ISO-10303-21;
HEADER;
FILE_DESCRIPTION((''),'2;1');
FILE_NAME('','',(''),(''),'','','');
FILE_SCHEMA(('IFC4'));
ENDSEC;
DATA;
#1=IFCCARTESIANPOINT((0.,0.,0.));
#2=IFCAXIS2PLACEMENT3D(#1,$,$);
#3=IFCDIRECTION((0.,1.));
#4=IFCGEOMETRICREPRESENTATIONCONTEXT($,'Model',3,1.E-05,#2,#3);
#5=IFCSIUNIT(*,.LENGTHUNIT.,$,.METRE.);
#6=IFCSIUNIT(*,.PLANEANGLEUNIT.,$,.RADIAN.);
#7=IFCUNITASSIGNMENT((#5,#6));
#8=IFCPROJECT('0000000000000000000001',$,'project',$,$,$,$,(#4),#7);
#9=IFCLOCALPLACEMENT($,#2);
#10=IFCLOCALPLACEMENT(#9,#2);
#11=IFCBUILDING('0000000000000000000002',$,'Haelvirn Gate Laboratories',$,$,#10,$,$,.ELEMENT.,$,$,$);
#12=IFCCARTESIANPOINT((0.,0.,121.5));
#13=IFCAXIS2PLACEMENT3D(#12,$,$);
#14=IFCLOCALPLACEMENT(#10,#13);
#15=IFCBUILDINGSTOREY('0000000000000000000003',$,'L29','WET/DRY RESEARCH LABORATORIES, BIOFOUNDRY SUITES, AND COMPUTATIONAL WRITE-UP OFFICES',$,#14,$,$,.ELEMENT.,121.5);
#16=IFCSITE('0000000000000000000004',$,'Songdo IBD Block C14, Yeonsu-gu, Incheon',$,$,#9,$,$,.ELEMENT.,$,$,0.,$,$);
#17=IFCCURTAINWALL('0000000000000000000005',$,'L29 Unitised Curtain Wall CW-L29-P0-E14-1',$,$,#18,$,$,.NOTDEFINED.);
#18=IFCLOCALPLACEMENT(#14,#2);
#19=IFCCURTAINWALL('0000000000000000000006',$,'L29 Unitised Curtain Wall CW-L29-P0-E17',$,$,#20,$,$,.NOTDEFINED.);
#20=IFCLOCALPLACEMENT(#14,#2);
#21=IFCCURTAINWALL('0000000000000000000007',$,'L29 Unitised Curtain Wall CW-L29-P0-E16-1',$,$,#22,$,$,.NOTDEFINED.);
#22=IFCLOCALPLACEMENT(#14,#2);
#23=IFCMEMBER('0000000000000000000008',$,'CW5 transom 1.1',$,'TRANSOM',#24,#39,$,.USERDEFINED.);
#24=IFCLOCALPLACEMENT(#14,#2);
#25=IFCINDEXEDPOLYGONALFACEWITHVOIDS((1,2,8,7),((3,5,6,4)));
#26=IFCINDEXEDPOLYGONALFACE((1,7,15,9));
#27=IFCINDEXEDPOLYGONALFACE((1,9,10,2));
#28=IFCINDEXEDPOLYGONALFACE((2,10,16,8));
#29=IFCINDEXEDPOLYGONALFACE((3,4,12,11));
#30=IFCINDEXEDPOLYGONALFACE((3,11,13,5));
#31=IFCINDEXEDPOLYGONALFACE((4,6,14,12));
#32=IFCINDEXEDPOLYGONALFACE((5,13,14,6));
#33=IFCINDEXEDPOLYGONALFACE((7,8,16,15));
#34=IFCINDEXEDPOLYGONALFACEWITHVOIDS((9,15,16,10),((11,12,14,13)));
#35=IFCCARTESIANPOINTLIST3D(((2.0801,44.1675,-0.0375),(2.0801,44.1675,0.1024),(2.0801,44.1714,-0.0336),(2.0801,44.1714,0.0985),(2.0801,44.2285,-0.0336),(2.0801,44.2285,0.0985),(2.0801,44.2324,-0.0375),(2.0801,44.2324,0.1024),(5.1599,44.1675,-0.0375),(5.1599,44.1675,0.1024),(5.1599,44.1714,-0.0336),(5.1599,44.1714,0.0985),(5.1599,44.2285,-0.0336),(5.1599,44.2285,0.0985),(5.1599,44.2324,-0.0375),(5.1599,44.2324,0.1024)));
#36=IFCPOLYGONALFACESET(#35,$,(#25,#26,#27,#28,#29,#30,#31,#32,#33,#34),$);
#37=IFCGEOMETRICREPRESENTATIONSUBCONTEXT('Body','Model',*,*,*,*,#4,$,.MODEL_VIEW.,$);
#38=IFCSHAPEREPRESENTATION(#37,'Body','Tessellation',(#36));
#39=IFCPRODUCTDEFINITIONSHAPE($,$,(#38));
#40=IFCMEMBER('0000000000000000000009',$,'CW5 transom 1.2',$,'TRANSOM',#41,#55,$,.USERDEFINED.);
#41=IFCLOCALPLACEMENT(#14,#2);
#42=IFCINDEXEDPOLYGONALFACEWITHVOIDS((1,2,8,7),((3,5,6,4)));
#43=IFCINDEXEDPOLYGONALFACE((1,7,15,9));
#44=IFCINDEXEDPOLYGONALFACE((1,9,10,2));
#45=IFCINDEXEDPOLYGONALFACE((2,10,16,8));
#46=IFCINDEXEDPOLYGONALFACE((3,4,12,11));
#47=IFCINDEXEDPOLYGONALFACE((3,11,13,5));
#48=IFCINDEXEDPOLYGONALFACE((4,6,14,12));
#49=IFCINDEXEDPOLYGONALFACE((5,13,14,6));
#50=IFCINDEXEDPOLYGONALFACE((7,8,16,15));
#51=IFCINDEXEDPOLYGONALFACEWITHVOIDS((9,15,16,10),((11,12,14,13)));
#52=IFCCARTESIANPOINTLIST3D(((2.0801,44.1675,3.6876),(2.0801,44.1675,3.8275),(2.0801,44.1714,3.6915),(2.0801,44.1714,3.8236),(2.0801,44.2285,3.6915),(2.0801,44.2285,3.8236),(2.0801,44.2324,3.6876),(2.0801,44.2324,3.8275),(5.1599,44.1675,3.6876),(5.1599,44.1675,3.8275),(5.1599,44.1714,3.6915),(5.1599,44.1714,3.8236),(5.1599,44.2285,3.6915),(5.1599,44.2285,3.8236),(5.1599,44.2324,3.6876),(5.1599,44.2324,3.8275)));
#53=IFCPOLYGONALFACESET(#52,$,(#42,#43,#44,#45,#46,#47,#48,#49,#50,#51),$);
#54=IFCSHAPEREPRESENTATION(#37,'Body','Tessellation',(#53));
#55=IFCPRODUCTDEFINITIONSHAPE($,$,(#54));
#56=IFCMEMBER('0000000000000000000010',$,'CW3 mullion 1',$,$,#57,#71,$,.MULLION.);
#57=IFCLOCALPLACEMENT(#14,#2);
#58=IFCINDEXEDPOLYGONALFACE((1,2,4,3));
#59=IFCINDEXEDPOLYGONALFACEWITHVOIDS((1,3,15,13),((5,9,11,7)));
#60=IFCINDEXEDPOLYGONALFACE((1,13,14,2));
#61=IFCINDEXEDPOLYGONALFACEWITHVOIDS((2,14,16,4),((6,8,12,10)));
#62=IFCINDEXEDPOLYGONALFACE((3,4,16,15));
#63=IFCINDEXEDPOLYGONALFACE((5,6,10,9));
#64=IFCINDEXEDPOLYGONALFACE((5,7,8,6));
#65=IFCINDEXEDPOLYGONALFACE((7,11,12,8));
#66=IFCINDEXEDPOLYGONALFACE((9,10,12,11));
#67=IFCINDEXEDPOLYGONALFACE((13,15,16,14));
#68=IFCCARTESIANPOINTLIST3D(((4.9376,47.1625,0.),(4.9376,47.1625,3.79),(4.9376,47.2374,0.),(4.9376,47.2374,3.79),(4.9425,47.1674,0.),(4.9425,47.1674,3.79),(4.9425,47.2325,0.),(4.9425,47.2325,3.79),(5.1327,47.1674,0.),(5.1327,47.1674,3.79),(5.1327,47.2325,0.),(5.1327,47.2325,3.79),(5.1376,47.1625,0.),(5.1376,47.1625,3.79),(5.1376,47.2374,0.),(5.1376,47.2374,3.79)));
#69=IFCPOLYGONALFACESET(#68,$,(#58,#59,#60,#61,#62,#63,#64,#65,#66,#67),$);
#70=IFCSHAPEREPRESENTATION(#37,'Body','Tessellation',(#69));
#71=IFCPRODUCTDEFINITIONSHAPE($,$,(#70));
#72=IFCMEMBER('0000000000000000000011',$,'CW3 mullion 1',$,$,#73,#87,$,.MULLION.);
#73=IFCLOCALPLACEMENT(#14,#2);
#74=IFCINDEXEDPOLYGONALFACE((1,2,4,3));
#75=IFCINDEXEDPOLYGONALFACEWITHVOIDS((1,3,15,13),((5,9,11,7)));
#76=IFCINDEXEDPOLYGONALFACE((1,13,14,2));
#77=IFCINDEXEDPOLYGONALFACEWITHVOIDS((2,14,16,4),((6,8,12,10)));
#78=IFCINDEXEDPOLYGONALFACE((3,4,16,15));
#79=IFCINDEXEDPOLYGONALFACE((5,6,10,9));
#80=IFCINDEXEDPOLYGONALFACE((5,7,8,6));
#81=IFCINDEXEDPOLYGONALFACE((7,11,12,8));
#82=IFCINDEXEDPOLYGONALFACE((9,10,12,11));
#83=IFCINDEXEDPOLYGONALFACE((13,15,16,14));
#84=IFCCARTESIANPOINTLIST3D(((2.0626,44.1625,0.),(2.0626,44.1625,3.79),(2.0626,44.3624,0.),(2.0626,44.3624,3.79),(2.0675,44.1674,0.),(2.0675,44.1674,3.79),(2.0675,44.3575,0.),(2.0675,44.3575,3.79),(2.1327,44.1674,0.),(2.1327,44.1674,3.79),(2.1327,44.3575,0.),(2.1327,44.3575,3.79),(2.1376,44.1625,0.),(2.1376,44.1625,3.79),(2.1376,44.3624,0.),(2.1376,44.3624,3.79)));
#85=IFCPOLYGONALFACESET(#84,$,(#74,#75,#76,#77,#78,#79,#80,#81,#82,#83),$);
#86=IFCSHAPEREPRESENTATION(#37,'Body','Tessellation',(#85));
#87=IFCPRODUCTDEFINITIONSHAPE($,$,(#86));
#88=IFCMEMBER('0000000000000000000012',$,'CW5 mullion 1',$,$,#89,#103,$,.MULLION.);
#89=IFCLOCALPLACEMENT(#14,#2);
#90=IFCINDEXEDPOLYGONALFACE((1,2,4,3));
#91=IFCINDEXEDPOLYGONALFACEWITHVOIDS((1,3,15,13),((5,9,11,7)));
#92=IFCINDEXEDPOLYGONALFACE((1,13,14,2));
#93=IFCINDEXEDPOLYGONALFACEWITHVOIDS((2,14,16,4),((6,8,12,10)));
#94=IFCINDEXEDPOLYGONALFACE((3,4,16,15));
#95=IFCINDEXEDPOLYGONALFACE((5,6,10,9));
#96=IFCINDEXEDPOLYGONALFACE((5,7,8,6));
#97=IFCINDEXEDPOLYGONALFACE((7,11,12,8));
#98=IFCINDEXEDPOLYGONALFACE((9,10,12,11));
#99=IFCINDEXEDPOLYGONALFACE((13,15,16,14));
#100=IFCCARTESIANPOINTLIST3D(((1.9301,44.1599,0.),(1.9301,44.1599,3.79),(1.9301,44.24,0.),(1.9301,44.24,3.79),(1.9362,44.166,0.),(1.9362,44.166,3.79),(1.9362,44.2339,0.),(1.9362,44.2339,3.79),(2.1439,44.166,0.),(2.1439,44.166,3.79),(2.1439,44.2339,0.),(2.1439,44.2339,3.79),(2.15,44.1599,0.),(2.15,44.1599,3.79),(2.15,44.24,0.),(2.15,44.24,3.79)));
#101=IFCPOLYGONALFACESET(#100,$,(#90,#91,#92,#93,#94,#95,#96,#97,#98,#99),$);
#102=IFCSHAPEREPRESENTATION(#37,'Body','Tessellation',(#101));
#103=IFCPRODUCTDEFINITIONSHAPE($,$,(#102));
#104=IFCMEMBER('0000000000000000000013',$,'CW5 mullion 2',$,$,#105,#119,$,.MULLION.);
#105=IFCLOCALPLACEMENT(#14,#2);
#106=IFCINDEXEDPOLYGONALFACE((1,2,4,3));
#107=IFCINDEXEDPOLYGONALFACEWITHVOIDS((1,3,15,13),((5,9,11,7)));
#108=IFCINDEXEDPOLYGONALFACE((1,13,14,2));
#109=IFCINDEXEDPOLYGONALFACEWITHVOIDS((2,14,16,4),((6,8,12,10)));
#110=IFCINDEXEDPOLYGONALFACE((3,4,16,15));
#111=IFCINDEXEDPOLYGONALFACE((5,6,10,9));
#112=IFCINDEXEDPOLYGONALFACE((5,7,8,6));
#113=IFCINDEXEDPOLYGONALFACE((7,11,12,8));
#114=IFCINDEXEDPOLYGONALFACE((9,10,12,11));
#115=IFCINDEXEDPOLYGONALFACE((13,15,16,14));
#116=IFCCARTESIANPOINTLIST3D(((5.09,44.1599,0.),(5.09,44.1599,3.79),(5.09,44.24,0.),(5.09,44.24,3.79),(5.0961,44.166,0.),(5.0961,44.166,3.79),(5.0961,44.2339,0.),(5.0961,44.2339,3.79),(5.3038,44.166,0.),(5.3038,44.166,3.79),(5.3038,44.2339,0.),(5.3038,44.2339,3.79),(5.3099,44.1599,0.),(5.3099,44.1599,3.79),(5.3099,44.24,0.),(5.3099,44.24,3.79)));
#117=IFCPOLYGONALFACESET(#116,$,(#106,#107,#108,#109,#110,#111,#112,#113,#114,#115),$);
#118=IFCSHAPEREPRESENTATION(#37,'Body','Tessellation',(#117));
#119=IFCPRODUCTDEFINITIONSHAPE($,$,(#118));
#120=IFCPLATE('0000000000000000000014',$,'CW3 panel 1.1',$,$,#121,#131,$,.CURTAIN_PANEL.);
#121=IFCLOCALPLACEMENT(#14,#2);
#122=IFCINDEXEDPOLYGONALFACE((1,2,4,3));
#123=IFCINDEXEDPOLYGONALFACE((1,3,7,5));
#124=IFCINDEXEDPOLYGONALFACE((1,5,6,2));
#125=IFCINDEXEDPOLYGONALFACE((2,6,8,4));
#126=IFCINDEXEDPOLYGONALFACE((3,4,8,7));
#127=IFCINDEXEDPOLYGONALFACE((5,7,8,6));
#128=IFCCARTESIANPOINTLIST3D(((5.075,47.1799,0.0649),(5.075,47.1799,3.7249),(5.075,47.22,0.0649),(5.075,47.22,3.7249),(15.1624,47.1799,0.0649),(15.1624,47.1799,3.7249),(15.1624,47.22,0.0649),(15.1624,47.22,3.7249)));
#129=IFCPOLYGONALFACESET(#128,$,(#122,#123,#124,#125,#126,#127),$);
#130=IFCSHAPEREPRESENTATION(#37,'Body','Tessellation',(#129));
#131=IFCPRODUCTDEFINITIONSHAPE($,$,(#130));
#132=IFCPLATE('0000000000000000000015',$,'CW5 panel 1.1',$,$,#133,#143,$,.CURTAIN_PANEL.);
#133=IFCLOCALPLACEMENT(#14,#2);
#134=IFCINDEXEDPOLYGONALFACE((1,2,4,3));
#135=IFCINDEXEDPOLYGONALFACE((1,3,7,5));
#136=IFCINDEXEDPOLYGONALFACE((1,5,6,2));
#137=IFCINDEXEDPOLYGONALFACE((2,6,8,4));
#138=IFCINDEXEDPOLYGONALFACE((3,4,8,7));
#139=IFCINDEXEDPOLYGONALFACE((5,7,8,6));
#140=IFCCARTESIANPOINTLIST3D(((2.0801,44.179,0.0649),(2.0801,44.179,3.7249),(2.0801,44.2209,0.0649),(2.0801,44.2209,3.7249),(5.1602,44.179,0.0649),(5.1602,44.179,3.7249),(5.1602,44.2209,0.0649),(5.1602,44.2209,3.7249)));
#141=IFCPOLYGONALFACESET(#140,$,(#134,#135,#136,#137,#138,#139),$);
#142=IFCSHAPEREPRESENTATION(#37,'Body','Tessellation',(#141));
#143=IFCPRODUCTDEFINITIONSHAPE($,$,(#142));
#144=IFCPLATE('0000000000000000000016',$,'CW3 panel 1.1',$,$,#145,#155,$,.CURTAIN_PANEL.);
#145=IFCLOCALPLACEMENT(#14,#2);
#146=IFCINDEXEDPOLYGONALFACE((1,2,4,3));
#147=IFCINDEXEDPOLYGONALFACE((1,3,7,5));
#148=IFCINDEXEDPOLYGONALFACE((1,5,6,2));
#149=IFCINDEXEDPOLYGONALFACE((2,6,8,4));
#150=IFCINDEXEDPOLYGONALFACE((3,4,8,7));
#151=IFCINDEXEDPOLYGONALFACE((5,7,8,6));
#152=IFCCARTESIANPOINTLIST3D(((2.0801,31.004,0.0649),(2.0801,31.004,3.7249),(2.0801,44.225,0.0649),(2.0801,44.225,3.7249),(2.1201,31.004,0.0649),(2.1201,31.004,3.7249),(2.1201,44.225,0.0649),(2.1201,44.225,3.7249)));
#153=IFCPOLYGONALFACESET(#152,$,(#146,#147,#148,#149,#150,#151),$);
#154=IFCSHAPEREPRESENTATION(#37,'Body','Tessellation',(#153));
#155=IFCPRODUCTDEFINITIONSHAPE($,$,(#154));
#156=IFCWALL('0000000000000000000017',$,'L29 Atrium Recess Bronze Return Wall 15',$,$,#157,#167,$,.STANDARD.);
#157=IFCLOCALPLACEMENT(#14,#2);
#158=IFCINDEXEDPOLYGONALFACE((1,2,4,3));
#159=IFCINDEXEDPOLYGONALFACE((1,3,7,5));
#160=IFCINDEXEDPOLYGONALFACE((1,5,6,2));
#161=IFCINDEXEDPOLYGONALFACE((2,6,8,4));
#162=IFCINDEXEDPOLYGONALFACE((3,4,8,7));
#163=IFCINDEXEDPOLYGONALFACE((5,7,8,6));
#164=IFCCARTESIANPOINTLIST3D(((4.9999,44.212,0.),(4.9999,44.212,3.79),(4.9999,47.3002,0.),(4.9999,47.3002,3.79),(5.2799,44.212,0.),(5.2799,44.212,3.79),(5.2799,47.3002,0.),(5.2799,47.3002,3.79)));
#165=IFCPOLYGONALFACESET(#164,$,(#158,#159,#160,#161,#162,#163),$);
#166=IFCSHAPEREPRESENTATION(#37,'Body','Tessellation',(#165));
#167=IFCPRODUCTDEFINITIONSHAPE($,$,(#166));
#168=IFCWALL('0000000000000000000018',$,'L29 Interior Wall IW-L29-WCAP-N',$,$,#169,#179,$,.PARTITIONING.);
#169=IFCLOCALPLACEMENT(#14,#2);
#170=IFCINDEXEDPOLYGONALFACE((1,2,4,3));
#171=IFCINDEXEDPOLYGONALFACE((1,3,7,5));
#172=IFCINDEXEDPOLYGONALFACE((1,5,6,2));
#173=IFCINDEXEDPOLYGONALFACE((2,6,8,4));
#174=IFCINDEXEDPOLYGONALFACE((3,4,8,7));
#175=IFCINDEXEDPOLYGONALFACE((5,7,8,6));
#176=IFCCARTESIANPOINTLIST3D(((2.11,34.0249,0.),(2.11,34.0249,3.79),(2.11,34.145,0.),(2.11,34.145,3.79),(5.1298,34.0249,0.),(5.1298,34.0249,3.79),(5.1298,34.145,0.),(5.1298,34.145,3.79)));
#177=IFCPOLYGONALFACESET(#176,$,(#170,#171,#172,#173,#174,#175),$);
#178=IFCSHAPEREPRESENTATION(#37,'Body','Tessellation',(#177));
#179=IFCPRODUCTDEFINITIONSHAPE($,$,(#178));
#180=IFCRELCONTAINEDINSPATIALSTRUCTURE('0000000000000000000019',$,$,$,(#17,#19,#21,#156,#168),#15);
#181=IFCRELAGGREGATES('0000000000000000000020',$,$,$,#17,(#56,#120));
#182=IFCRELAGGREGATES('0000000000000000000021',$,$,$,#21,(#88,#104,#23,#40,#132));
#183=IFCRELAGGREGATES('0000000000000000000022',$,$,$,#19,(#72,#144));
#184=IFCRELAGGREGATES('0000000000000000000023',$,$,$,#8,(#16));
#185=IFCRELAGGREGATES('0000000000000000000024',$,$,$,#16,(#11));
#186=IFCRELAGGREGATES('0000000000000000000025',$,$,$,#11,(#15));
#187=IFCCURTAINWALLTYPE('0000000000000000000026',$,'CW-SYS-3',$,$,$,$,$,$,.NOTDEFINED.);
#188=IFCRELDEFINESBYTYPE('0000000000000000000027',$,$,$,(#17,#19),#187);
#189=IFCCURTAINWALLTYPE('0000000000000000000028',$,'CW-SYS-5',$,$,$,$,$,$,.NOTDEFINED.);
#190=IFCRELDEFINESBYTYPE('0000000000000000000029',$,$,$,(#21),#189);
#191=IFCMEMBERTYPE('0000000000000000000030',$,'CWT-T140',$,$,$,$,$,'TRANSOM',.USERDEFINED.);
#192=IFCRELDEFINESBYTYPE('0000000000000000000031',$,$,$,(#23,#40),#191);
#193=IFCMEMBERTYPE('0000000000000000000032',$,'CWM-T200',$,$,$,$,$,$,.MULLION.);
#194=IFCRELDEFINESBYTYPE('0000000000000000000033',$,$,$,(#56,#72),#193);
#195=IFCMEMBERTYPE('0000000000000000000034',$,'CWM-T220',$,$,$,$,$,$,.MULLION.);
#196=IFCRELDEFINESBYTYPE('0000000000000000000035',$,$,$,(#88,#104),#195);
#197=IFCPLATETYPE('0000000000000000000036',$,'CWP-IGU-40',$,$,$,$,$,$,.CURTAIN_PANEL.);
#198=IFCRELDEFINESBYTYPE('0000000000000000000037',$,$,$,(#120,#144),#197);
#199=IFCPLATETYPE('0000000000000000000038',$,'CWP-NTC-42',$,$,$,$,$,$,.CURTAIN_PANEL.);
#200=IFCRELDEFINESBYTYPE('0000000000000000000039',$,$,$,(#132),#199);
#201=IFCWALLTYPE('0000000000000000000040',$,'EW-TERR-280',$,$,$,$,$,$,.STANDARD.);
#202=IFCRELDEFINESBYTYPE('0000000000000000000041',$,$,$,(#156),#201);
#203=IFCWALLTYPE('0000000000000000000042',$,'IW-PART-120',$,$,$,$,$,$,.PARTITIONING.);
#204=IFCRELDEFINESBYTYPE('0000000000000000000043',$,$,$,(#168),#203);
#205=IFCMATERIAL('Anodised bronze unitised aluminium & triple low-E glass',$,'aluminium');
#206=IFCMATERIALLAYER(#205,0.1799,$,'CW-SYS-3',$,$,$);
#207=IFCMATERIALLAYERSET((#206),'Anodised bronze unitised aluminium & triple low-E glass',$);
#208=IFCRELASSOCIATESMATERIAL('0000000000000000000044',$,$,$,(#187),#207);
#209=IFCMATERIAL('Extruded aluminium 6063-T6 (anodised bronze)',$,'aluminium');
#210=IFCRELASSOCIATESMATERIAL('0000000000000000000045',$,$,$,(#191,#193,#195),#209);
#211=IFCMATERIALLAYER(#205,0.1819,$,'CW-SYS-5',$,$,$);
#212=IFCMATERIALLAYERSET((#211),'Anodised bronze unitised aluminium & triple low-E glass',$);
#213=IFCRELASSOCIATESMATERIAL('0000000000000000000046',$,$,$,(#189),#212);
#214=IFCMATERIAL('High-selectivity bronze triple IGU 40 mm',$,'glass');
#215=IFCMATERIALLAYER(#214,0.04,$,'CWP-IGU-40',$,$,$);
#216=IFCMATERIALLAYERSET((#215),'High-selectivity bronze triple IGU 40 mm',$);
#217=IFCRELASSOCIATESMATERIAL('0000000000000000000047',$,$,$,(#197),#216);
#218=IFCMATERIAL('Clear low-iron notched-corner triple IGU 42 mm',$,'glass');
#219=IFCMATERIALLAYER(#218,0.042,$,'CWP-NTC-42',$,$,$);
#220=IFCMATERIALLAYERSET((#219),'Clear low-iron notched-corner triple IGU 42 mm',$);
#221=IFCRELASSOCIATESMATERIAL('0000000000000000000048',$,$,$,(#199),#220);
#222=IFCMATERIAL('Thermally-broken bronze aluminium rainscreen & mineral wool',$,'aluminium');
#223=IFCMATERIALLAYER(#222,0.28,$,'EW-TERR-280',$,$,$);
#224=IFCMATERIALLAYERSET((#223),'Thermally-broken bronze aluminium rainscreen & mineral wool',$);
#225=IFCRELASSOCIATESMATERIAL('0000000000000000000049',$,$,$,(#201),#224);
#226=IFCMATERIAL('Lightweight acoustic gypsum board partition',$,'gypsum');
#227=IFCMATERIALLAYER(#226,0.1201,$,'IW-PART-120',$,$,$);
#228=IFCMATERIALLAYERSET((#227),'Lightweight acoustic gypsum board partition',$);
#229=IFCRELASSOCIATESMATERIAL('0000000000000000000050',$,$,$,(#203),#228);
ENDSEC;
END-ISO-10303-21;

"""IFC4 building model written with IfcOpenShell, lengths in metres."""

from ifc_helpers import new_model, si_unit, direction, frame, frame_2d, origin, origin_2d, place, context, subcontext, project, spatial, rectangle, hollow_rectangle, extrude, source, transform, mapped, material, layer, layer_set, material_profile, profile_set, type_object, type_shapes, element, aggregate, save


model = new_model("IFC4")

# Units and contexts
model_context = context("Model", 3, precision=1e-05, world=origin(), true_north=direction((0.0, 1.0)))
body_context = subcontext(model_context, "Body", "Model", "MODEL_VIEW")
ifc_project = project(units=[si_unit("LENGTHUNIT", "METRE"), si_unit("PLANEANGLEUNIT", "RADIAN")], contexts=[model_context])

# Site, building, storey
site_placement = place(None, origin())
site = spatial("IfcSite", under=ifc_project, at=site_placement, Name="Songdo IBD Block C14, Yeonsu-gu, Incheon", CompositionType="ELEMENT", RefElevation=0.0)
building_placement = place(site_placement, origin())
building = spatial("IfcBuilding", under=site, at=building_placement, Name="Haelvirn Gate Laboratories", CompositionType="ELEMENT")
storey_placement = place(building_placement, frame((0.0, 0.0, 121.5)))
storey = spatial("IfcBuildingStorey", under=building, at=storey_placement, Name="L29", Description="WET/DRY RESEARCH LABORATORIES, BIOFOUNDRY SUITES, AND COMPUTATIONAL WRITE-UP OFFICES", CompositionType="ELEMENT", Elevation=121.5)

# Curtain walls, members
ifc_material_1 = material(Name="Anodised bronze unitised aluminium & triple low-E glass", Category="aluminium")
ifc_layer_1 = layer(ifc_material_1, 0.1799, Name="CW-SYS-3")
ifc_layer_set_1 = layer_set([ifc_layer_1], Name="Anodised bronze unitised aluminium & triple low-E glass")
curtain_wall_type_1 = type_object("IfcCurtainWallType", Name="CW-SYS-3", PredefinedType="NOTDEFINED", material=ifc_layer_set_1)
curtain_wall_1_placement = place(storey_placement, origin())
curtain_wall_1 = element("IfcCurtainWall", 1, at=curtain_wall_1_placement, inside=storey, type_object=curtain_wall_type_1, Name="L29 Unitised Curtain Wall CW-L29-P0-E14-1", PredefinedType="NOTDEFINED")
ifc_material_2 = material(Name="Extruded aluminium 6063-T6 (anodised bronze)", Category="aluminium")
ifc_material_profile_1 = material_profile(ifc_material_2, hollow_rectangle(XDim=0.0649, YDim=0.1399, WallThickness=0.0039, at=origin_2d()), Name="CWT-140x65x4")
ifc_profile_set_1 = profile_set([ifc_material_profile_1], Name="Extruded aluminium 6063-T6 (anodised bronze)")
member_type_1 = type_object("IfcMemberType", Name="CWT-T140", ElementType="TRANSOM", PredefinedType="USERDEFINED", material=ifc_profile_set_1)
curtain_wall_2_placement = place(storey_placement, origin())
curtain_wall_2 = element("IfcCurtainWall", 2, at=curtain_wall_2_placement, inside=storey, type_object=curtain_wall_type_1, Name="L29 Unitised Curtain Wall CW-L29-P0-E17", PredefinedType="NOTDEFINED")
ifc_layer_2 = layer(ifc_material_1, 0.1819, Name="CW-SYS-5")
ifc_layer_set_2 = layer_set([ifc_layer_2], Name="Anodised bronze unitised aluminium & triple low-E glass")
curtain_wall_type_2 = type_object("IfcCurtainWallType", Name="CW-SYS-5", PredefinedType="NOTDEFINED", material=ifc_layer_set_2)
curtain_wall_3_placement = place(storey_placement, origin())
curtain_wall_3 = element("IfcCurtainWall", 3, at=curtain_wall_3_placement, inside=storey, type_object=curtain_wall_type_2, Name="L29 Unitised Curtain Wall CW-L29-P0-E16-1", PredefinedType="NOTDEFINED")
shared_shape_1 = source(origin(), body_context, "Body", "SweptSolid", [
    extrude(hollow_rectangle(XDim=0.0649, YDim=0.1399, WallThickness=0.0039, at=origin_2d()), origin(), (0.0, 0.0, 1.0), 3.0798),
])
member_1_placement = place(storey_placement, frame((2.0801, 44.2, 0.0325), z_axis=(1.0, 0.0, 0.0), x_axis=(0.0, 1.0, 0.0)))
member_1 = element("IfcMember", 4, at=member_1_placement, type_object=member_type_1, Name="CW5 transom 1.1", ObjectType="TRANSOM", PredefinedType="USERDEFINED", context=body_context, shape_type="MappedRepresentation", body=[
    mapped(shared_shape_1, transform((0.0, 0.0, 0.0), scale=1.0)),
])
member_2_placement = place(storey_placement, frame((2.0801, 44.2, 3.7576), z_axis=(1.0, 0.0, 0.0), x_axis=(0.0, 1.0, 0.0)))
member_2 = element("IfcMember", 5, at=member_2_placement, type_object=member_type_1, Name="CW5 transom 1.2", ObjectType="TRANSOM", PredefinedType="USERDEFINED", context=body_context, shape_type="MappedRepresentation", body=[
    mapped(shared_shape_1, transform((0.0, 0.0, 0.0), scale=1.0)),
])

# Members
ifc_material_profile_2 = material_profile(ifc_material_2, hollow_rectangle(XDim=0.075, YDim=0.2, WallThickness=0.0049, at=origin_2d()), Name="CWM-200x75x5")
ifc_profile_set_2 = profile_set([ifc_material_profile_2], Name="Extruded aluminium 6063-T6 (anodised bronze)")
member_type_2 = type_object("IfcMemberType", Name="CWM-T200", PredefinedType="MULLION", material=ifc_profile_set_2)
shared_shape_2 = source(origin(), body_context, "Body", "SweptSolid", [
    extrude(hollow_rectangle(XDim=0.075, YDim=0.2, WallThickness=0.0049, at=origin_2d()), origin(), (0.0, 0.0, 1.0), 3.79),
])
type_shapes(member_type_2, [shared_shape_2])
member_3_placement = place(storey_placement, frame((5.0376, 47.2, 0.0), z_axis=(0.0, 0.0, 1.0), x_axis=(0.0, 1.0, 0.0)))
member_3 = element("IfcMember", 6, at=member_3_placement, type_object=member_type_2, Name="CW3 mullion 1", PredefinedType="MULLION", context=body_context, shape_type="MappedRepresentation", body=[
    mapped(shared_shape_2, transform((0.0, 0.0, 0.0), scale=1.0)),
])
member_4_placement = place(storey_placement, frame((2.1001, 44.2625, 0.0), z_axis=(0.0, 0.0, 1.0), x_axis=(1.0, 0.0, 0.0)))
member_4 = element("IfcMember", 7, at=member_4_placement, type_object=member_type_2, Name="CW3 mullion 1", PredefinedType="MULLION", context=body_context, shape_type="MappedRepresentation", body=[
    mapped(shared_shape_2, transform((0.0, 0.0, 0.0), scale=1.0)),
])
ifc_material_profile_3 = material_profile(ifc_material_2, hollow_rectangle(XDim=0.0801, YDim=0.22, WallThickness=0.0061, at=origin_2d()), Name="CWM-220x80x6")
ifc_profile_set_3 = profile_set([ifc_material_profile_3], Name="Extruded aluminium 6063-T6 (anodised bronze)")
member_type_3 = type_object("IfcMemberType", Name="CWM-T220", PredefinedType="MULLION", material=ifc_profile_set_3)
shared_shape_3 = source(origin(), body_context, "Body", "SweptSolid", [
    extrude(hollow_rectangle(XDim=0.0801, YDim=0.22, WallThickness=0.0061, at=origin_2d()), origin(), (0.0, 0.0, 1.0), 3.79),
])
type_shapes(member_type_3, [shared_shape_3])
member_5_placement = place(storey_placement, frame((2.04, 44.2, 0.0), z_axis=(0.0, 0.0, 1.0), x_axis=(0.0, 1.0, 0.0)))
member_5 = element("IfcMember", 8, at=member_5_placement, type_object=member_type_3, Name="CW5 mullion 1", PredefinedType="MULLION", context=body_context, shape_type="MappedRepresentation", body=[
    mapped(shared_shape_3, transform((0.0, 0.0, 0.0), scale=1.0)),
])
member_6_placement = place(storey_placement, frame((5.2, 44.2, 0.0), z_axis=(0.0, 0.0, 1.0), x_axis=(0.0, 1.0, 0.0)))
member_6 = element("IfcMember", 9, at=member_6_placement, type_object=member_type_3, Name="CW5 mullion 2", PredefinedType="MULLION", context=body_context, shape_type="MappedRepresentation", body=[
    mapped(shared_shape_3, transform((0.0, 0.0, 0.0), scale=1.0)),
])

# Plates
ifc_material_3 = material(Name="High-selectivity bronze triple IGU 40 mm", Category="glass")
ifc_layer_3 = layer(ifc_material_3, 0.04, Name="CWP-IGU-40")
ifc_layer_set_3 = layer_set([ifc_layer_3], Name="High-selectivity bronze triple IGU 40 mm")
plate_type_1 = type_object("IfcPlateType", Name="CWP-IGU-40", PredefinedType="CURTAIN_PANEL", material=ifc_layer_set_3)
shared_shape_4 = source(origin(), body_context, "Body", "SweptSolid", [
    extrude(rectangle(XDim=10.0874, YDim=0.04, at=origin_2d()), origin(), (0.0, 0.0, 1.0), 3.6599),
])
plate_1_placement = place(storey_placement, frame((10.1187, 47.2, 0.0649), z_axis=(0.0, 0.0, 1.0), x_axis=(1.0, 0.0, 0.0)))
plate_1 = element("IfcPlate", 10, at=plate_1_placement, type_object=plate_type_1, Name="CW3 panel 1.1", PredefinedType="CURTAIN_PANEL", context=body_context, shape_type="MappedRepresentation", body=[
    mapped(shared_shape_4, transform((0.0, 0.0, 0.0), scale=1.0)),
])
aggregate(curtain_wall_1, [member_3, plate_1])
ifc_material_4 = material(Name="Clear low-iron notched-corner triple IGU 42 mm", Category="glass")
ifc_layer_4 = layer(ifc_material_4, 0.042, Name="CWP-NTC-42")
ifc_layer_set_4 = layer_set([ifc_layer_4], Name="Clear low-iron notched-corner triple IGU 42 mm")
plate_type_2 = type_object("IfcPlateType", Name="CWP-NTC-42", PredefinedType="CURTAIN_PANEL", material=ifc_layer_set_4)
shared_shape_5 = source(origin(), body_context, "Body", "SweptSolid", [
    extrude(rectangle(XDim=3.0801, YDim=0.042, at=origin_2d()), origin(), (0.0, 0.0, 1.0), 3.6599),
])
type_shapes(plate_type_2, [shared_shape_5])
plate_2_placement = place(storey_placement, frame((3.6201, 44.2, 0.0649), z_axis=(0.0, 0.0, 1.0), x_axis=(1.0, 0.0, 0.0)))
plate_2 = element("IfcPlate", 11, at=plate_2_placement, type_object=plate_type_2, Name="CW5 panel 1.1", PredefinedType="CURTAIN_PANEL", context=body_context, shape_type="MappedRepresentation", body=[
    mapped(shared_shape_5, transform((0.0, 0.0, 0.0), scale=1.0)),
])
aggregate(curtain_wall_3, [member_5, member_6, member_1, member_2, plate_2])
shared_shape_6 = source(origin(), body_context, "Body", "SweptSolid", [
    extrude(rectangle(XDim=13.2209, YDim=0.04, at=origin_2d()), origin(), (0.0, 0.0, 1.0), 3.6599),
])
type_shapes(plate_type_1, [shared_shape_4, shared_shape_6])
plate_3_placement = place(storey_placement, frame((2.1001, 37.6145, 0.0649), z_axis=(0.0, 0.0, 1.0), x_axis=(0.0, -1.0, 0.0)))
plate_3 = element("IfcPlate", 12, at=plate_3_placement, type_object=plate_type_1, Name="CW3 panel 1.1", PredefinedType="CURTAIN_PANEL", context=body_context, shape_type="MappedRepresentation", body=[
    mapped(shared_shape_6, transform((0.0, 0.0, 0.0), scale=1.0)),
])
aggregate(curtain_wall_2, [member_4, plate_3])

# Walls
ifc_material_5 = material(Name="Thermally-broken bronze aluminium rainscreen & mineral wool", Category="aluminium")
ifc_layer_5 = layer(ifc_material_5, 0.28, Name="EW-TERR-280")
ifc_layer_set_5 = layer_set([ifc_layer_5], Name="Thermally-broken bronze aluminium rainscreen & mineral wool")
wall_type_1 = type_object("IfcWallType", Name="EW-TERR-280", PredefinedType="STANDARD", material=ifc_layer_set_5)
wall_1_placement = place(storey_placement, frame((5.1399, 47.3, 0.0), z_axis=(0.0, 0.0, 1.0), x_axis=(0.0, -1.0, 0.0)))
element("IfcWall", 13, at=wall_1_placement, inside=storey, type_object=wall_type_1, Name="L29 Atrium Recess Bronze Return Wall 15", PredefinedType="STANDARD", context=body_context, shape_type="SweptSolid", body=[
    extrude(rectangle(XDim=3.0881, YDim=0.28, at=frame_2d((1.5439, 0.0))), origin(), (0.0, 0.0, 1.0), 3.79),
])
ifc_material_6 = material(Name="Lightweight acoustic gypsum board partition", Category="gypsum")
ifc_layer_6 = layer(ifc_material_6, 0.1201, Name="IW-PART-120")
ifc_layer_set_6 = layer_set([ifc_layer_6], Name="Lightweight acoustic gypsum board partition")
wall_type_2 = type_object("IfcWallType", Name="IW-PART-120", PredefinedType="PARTITIONING", material=ifc_layer_set_6)
wall_2_placement = place(storey_placement, frame((2.1101, 34.085, 0.0), z_axis=(0.0, 0.0, 1.0), x_axis=(1.0, 0.0, 0.0)))
element("IfcWall", 14, at=wall_2_placement, inside=storey, type_object=wall_type_2, Name="L29 Interior Wall IW-L29-WCAP-N", PredefinedType="PARTITIONING", context=body_context, shape_type="SweptSolid", body=[
    extrude(rectangle(XDim=3.0198, YDim=0.1201, at=frame_2d((1.5098, 0.0))), origin(), (0.0, 0.0, 1.0), 3.79),
])

save(model, "model.ifc")
